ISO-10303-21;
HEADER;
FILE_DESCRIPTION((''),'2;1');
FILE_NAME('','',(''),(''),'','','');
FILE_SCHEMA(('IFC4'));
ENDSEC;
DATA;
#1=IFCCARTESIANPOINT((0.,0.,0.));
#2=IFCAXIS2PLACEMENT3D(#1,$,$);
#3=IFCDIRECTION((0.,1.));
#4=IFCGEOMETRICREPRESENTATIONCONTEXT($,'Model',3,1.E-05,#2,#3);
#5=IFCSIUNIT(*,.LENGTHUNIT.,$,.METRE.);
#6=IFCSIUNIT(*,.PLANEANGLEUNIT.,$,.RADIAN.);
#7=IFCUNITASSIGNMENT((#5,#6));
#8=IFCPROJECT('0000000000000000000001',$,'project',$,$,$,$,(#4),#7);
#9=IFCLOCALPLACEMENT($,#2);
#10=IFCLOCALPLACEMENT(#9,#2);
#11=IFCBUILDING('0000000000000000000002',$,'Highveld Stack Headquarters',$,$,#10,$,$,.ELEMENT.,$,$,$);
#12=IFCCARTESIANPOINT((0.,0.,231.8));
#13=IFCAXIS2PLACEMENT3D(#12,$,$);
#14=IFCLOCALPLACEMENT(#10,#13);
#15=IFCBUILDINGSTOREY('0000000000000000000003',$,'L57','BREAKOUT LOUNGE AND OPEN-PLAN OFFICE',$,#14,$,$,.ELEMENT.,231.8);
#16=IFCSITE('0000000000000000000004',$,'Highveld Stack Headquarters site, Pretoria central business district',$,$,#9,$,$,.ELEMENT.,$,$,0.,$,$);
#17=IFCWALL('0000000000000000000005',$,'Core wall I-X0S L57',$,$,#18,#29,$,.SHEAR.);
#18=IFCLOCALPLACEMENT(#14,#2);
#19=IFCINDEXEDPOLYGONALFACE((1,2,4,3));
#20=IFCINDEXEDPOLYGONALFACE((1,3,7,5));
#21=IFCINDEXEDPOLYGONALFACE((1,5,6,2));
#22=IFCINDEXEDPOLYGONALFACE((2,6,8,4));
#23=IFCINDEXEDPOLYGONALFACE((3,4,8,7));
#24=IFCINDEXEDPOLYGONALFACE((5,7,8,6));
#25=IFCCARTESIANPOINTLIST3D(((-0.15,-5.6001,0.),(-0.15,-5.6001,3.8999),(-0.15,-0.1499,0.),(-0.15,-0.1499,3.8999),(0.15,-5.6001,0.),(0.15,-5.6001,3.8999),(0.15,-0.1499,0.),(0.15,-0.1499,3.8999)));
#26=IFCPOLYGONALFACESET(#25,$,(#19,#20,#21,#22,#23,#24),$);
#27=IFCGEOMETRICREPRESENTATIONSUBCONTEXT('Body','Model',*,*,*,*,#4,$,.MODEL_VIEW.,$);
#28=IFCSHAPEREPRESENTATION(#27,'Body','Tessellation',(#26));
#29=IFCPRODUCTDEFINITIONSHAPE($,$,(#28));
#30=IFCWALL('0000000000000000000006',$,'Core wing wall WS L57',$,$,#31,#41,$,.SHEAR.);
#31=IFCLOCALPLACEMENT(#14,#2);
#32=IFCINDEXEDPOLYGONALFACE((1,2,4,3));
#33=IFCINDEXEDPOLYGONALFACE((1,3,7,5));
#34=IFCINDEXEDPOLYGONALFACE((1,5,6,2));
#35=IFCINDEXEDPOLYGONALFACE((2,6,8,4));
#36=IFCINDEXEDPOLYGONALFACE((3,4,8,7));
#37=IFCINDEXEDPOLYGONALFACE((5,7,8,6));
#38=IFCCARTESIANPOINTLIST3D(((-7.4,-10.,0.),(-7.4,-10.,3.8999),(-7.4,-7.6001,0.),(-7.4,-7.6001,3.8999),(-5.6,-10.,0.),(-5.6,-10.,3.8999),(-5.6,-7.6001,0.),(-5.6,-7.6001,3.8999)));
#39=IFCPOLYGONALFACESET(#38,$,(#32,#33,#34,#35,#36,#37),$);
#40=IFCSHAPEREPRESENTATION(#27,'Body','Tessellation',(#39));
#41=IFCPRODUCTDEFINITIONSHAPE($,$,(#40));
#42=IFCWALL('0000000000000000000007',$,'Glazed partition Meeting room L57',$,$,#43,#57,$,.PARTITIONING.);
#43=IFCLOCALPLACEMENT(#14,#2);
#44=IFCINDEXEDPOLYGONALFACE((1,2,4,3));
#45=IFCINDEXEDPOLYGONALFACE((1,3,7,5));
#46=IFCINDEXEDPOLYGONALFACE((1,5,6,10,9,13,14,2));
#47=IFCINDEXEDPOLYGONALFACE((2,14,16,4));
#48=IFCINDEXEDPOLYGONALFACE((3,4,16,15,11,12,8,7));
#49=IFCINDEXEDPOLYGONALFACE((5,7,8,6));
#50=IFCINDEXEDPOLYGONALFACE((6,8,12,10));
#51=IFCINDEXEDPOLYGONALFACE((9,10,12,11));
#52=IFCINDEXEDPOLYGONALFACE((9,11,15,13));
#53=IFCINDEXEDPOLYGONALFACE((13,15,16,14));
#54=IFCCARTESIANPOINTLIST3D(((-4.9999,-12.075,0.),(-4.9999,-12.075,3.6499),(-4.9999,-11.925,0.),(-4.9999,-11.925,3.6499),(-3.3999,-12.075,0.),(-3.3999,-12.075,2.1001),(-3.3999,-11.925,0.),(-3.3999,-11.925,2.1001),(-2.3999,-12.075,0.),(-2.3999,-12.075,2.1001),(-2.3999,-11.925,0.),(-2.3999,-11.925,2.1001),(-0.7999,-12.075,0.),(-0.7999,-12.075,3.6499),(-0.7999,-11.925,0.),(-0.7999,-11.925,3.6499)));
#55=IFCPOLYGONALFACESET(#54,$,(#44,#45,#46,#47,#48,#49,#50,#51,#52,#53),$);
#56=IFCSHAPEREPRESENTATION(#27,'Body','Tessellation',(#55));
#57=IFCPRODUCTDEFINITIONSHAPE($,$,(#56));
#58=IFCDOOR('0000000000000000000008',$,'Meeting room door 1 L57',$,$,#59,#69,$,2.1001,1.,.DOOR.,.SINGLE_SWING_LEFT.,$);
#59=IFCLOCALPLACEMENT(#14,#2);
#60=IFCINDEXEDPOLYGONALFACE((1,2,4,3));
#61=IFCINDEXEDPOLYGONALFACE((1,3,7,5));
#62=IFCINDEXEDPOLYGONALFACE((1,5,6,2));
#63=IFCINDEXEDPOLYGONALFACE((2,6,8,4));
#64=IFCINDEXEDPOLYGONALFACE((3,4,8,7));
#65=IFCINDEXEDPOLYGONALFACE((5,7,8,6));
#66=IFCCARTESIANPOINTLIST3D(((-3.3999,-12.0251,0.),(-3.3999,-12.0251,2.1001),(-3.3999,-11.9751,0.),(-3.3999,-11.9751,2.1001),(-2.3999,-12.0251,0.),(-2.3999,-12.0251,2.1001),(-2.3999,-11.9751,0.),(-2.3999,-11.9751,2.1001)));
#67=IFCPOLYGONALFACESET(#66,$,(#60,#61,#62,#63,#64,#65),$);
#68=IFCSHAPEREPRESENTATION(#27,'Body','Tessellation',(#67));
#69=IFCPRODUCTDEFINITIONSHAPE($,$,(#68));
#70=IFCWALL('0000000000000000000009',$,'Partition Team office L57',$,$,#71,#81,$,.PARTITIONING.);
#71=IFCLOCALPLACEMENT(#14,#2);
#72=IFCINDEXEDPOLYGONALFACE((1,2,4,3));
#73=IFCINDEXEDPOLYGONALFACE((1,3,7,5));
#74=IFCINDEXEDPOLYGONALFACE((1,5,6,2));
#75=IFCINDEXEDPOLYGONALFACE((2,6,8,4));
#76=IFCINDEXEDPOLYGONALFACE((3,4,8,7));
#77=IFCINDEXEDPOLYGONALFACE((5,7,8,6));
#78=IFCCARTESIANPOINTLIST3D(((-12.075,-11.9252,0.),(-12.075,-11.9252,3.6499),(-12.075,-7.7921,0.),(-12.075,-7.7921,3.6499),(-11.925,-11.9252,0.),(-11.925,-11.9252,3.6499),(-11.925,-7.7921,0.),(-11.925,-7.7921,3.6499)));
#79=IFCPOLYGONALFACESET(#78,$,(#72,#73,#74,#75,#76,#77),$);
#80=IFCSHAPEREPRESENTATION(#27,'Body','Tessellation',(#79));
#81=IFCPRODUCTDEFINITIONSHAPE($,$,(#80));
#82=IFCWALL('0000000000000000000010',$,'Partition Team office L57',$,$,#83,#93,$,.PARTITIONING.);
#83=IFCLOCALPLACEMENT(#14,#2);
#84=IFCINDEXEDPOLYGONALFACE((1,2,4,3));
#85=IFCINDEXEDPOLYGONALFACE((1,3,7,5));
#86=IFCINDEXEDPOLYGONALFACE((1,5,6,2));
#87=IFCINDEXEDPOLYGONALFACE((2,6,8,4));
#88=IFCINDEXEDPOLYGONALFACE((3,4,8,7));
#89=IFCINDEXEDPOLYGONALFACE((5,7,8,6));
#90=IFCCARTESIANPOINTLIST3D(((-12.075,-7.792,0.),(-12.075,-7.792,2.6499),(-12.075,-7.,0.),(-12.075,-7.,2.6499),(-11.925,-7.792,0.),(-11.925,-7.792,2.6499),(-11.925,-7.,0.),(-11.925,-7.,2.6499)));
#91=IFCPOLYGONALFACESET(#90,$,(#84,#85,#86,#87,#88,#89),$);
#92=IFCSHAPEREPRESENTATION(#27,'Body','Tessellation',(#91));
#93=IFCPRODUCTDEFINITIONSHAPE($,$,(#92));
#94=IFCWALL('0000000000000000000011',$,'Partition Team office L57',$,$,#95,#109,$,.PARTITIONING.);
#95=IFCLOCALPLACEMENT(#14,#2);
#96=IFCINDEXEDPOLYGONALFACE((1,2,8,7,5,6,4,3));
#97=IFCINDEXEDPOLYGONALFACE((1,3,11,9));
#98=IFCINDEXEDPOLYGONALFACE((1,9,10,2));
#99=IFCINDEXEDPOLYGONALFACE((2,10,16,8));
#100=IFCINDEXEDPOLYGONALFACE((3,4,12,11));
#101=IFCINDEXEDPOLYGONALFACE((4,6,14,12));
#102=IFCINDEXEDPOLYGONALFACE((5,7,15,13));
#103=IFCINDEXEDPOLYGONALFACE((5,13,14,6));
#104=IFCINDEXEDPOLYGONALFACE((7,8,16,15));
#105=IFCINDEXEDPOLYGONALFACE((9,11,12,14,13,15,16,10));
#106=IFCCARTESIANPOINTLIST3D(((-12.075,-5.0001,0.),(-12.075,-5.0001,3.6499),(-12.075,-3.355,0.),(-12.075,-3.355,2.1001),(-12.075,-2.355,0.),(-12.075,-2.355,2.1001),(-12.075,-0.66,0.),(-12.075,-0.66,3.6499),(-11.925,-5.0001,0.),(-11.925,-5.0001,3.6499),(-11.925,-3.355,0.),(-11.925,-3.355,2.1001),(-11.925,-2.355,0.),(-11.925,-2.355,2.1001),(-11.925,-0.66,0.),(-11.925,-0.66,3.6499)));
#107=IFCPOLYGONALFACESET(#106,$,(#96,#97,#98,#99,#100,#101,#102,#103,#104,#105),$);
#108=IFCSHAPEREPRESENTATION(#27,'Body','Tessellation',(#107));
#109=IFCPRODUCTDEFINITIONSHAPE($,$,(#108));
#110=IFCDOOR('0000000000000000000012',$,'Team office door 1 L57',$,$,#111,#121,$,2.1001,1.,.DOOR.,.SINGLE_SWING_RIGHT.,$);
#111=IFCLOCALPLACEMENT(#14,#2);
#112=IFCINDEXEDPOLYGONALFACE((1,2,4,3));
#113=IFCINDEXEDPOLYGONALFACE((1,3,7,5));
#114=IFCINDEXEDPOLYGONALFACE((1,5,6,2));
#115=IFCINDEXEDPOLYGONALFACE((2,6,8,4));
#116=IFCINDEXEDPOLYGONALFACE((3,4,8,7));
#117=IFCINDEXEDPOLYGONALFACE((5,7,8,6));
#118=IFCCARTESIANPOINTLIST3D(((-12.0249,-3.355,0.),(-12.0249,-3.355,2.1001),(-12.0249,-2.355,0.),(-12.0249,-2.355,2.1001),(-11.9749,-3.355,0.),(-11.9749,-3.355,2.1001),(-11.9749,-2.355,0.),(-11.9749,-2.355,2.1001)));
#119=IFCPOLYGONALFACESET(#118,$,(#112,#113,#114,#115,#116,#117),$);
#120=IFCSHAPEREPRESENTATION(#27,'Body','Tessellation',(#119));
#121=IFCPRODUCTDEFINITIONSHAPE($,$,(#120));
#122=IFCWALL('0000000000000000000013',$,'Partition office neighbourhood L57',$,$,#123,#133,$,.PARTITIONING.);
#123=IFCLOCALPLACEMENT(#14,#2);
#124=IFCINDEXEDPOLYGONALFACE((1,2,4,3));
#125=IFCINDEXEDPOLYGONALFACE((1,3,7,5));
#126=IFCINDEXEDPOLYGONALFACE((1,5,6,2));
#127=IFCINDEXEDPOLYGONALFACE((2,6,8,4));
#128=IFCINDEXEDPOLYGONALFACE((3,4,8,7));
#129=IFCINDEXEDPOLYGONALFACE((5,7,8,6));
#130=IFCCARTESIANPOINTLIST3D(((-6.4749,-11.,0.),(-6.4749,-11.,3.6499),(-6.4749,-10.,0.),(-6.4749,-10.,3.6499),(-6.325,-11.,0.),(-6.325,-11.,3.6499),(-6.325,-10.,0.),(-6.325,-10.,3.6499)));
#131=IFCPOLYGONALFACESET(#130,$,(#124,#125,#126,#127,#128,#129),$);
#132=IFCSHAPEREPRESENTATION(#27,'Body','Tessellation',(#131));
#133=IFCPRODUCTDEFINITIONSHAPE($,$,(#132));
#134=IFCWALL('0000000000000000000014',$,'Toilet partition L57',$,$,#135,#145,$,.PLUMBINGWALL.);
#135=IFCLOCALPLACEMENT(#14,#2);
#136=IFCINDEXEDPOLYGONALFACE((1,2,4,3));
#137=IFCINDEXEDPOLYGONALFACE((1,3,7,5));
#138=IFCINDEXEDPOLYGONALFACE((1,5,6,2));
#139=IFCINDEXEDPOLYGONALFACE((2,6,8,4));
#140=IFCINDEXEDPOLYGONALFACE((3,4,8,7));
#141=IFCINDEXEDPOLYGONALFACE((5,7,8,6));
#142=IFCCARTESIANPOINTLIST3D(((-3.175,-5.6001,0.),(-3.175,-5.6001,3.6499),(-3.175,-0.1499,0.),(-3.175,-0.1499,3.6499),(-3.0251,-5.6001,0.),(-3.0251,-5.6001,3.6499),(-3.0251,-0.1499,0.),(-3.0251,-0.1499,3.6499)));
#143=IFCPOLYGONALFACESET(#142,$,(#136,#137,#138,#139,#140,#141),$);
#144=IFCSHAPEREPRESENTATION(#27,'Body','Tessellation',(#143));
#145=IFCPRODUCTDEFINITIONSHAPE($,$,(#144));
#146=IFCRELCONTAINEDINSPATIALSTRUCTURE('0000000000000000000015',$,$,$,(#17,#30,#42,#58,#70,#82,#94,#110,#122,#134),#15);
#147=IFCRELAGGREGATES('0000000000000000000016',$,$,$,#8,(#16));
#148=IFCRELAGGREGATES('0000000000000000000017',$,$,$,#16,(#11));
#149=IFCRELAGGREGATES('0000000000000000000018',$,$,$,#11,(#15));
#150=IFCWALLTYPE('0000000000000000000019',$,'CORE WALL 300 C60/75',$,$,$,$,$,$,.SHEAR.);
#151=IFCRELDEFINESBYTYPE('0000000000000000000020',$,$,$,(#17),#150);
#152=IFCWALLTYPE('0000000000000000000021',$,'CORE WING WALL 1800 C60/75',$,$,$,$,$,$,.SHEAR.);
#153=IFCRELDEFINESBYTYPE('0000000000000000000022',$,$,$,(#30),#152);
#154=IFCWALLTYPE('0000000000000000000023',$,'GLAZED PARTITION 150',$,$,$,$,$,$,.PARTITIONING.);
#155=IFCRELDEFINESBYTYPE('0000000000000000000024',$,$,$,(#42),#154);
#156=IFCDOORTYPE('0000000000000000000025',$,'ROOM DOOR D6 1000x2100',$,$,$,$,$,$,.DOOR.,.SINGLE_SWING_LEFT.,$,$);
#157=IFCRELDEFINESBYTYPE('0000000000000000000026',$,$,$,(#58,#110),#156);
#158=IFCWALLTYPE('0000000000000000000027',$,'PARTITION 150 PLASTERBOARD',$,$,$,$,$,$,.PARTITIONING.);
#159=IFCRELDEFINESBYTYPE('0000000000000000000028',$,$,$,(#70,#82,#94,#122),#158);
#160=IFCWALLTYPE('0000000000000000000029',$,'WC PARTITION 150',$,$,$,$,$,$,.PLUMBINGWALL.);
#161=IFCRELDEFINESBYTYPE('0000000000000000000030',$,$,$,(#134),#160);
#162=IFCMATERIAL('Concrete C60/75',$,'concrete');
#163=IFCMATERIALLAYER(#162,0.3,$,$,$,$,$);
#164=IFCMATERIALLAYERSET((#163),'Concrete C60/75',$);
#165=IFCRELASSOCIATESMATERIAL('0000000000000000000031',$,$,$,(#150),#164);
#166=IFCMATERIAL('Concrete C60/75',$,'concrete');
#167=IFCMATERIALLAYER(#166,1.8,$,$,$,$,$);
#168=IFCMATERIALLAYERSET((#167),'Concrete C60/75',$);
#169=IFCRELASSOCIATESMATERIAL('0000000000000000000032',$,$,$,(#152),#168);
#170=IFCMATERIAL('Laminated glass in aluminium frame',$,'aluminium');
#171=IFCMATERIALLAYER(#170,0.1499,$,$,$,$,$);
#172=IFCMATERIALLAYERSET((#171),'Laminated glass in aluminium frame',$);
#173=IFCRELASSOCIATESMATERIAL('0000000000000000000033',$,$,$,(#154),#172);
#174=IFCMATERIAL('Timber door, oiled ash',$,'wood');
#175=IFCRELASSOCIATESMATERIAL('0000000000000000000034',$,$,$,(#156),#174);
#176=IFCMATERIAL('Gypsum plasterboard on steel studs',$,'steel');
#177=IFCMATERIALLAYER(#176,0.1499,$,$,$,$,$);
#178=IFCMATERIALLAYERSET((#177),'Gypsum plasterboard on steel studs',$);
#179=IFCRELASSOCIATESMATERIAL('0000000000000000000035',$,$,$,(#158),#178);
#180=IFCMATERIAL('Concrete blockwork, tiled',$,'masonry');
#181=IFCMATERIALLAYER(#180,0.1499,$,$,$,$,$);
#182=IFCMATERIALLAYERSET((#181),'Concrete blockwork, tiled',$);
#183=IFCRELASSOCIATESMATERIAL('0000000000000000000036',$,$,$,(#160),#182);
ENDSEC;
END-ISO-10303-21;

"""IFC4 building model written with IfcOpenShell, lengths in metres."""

from ifc_helpers import new_model, si_unit, direction, frame, frame_2d, origin, place, context, subcontext, project, spatial, rectangle, extrude, material, layer, layer_set, type_object, element, fill, save


model = new_model("IFC4")

# Units and contexts
model_context = context("Model", 3, precision=1e-05, world=origin(), true_north=direction((0.0, 1.0)))
body_context = subcontext(model_context, "Body", "Model", "MODEL_VIEW")
ifc_project = project(units=[si_unit("LENGTHUNIT", "METRE"), si_unit("PLANEANGLEUNIT", "RADIAN")], contexts=[model_context])

# Site, building, storey
site_placement = place(None, origin())
site = spatial("IfcSite", under=ifc_project, at=site_placement, Name="Highveld Stack Headquarters site, Pretoria central business district", CompositionType="ELEMENT", RefElevation=0.0)
building_placement = place(site_placement, origin())
building = spatial("IfcBuilding", under=site, at=building_placement, Name="Highveld Stack Headquarters", CompositionType="ELEMENT")
storey_placement = place(building_placement, frame((0.0, 0.0, 231.8)))
storey = spatial("IfcBuildingStorey", under=building, at=storey_placement, Name="L57", Description="BREAKOUT LOUNGE AND OPEN-PLAN OFFICE", CompositionType="ELEMENT", Elevation=231.8)

# Shared definitions
ifc_material_1 = material(Name="Concrete C60/75", Category="concrete")
ifc_layer_1 = layer(ifc_material_1, 0.3)
ifc_layer_set_1 = layer_set([ifc_layer_1], Name="Concrete C60/75")
wall_type_1 = type_object("IfcWallType", Name="CORE WALL 300 C60/75", PredefinedType="SHEAR", material=ifc_layer_set_1)

# Walls
wall_1_placement = place(storey_placement, frame((0.0, -5.6001, 0.0), z_axis=(0.0, 0.0, 1.0), x_axis=(0.0, 1.0, 0.0)))
element("IfcWall", 1, at=wall_1_placement, inside=storey, type_object=wall_type_1, Name="Core wall I-X0S L57", PredefinedType="SHEAR", context=body_context, shape_type="SweptSolid", body=[
    extrude(rectangle(XDim=5.4502, YDim=0.3, at=frame_2d((2.7251, 0.0))), origin(), (0.0, 0.0, 1.0), 3.8999),
])
ifc_material_2 = material(Name="Concrete C60/75", Category="concrete")
ifc_layer_2 = layer(ifc_material_2, 1.8)
ifc_layer_set_2 = layer_set([ifc_layer_2], Name="Concrete C60/75")
wall_type_2 = type_object("IfcWallType", Name="CORE WING WALL 1800 C60/75", PredefinedType="SHEAR", material=ifc_layer_set_2)
wall_2_placement = place(storey_placement, frame((-6.5, -10.0, 0.0), z_axis=(0.0, 0.0, 1.0), x_axis=(0.0, 1.0, 0.0)))
element("IfcWall", 2, at=wall_2_placement, inside=storey, type_object=wall_type_2, Name="Core wing wall WS L57", PredefinedType="SHEAR", context=body_context, shape_type="SweptSolid", body=[
    extrude(rectangle(XDim=2.3999, YDim=1.8, at=frame_2d((1.2, 0.0))), origin(), (0.0, 0.0, 1.0), 3.8999),
])

# Wall, opening, door
ifc_material_3 = material(Name="Laminated glass in aluminium frame", Category="aluminium")
ifc_layer_3 = layer(ifc_material_3, 0.1499)
ifc_layer_set_3 = layer_set([ifc_layer_3], Name="Laminated glass in aluminium frame")
wall_type_3 = type_object("IfcWallType", Name="GLAZED PARTITION 150", PredefinedType="PARTITIONING", material=ifc_layer_set_3)
wall_3_placement = place(storey_placement, frame((-5.0, -12.0, 0.0), z_axis=(0.0, 0.0, 1.0), x_axis=(1.0, 0.0, 0.0)))
wall_3 = element("IfcWall", 3, at=wall_3_placement, inside=storey, type_object=wall_type_3, Name="Glazed partition Meeting room L57", PredefinedType="PARTITIONING", context=body_context, shape_type="SweptSolid", body=[
    extrude(rectangle(XDim=4.2, YDim=0.1499, at=frame_2d((2.1001, 0.0))), origin(), (0.0, 0.0, 1.0), 3.6499),
])
opening_1_placement = place(wall_3_placement, frame((1.6001, 0.0, 0.0)))
opening_1 = element("IfcOpeningElement", 4, at=opening_1_placement, cuts=wall_3, PredefinedType="OPENING", context=body_context, shape_type="SweptSolid", body=[
    extrude(rectangle(XDim=1.0, YDim=2.1001, at=frame_2d((0.5, 1.05))), frame((0.0, 0.085, 0.0), z_axis=(0.0, -1.0, 0.0), x_axis=(1.0, 0.0, 0.0)), (0.0, 0.0, 1.0), 0.1699),
])
ifc_material_4 = material(Name="Timber door, oiled ash", Category="wood")
door_type_1 = type_object("IfcDoorType", Name="ROOM DOOR D6 1000x2100", OperationType="SINGLE_SWING_LEFT", PredefinedType="DOOR", material=ifc_material_4)
door_1_placement = place(opening_1_placement, origin())
door_1 = element("IfcDoor", 5, at=door_1_placement, inside=storey, type_object=door_type_1, Name="Meeting room door 1 L57", OperationType="SINGLE_SWING_LEFT", OverallHeight=2.1001, OverallWidth=1.0, PredefinedType="DOOR", context=body_context, shape_type="SweptSolid", body=[
    extrude(rectangle(XDim=1.0, YDim=2.1001, at=frame_2d((0.5, 1.05))), frame((0.0, 0.0249, 0.0), z_axis=(0.0, -1.0, 0.0), x_axis=(1.0, 0.0, 0.0)), (0.0, 0.0, 1.0), 0.05),
])
fill(opening_1, door_1)

# Walls
ifc_material_5 = material(Name="Gypsum plasterboard on steel studs", Category="steel")
ifc_layer_4 = layer(ifc_material_5, 0.1499)
ifc_layer_set_4 = layer_set([ifc_layer_4], Name="Gypsum plasterboard on steel studs")
wall_type_4 = type_object("IfcWallType", Name="PARTITION 150 PLASTERBOARD", PredefinedType="PARTITIONING", material=ifc_layer_set_4)
wall_4_placement = place(storey_placement, frame((-12.0, -11.925, 0.0), z_axis=(0.0, 0.0, 1.0), x_axis=(0.0, 1.0, 0.0)))
element("IfcWall", 6, at=wall_4_placement, inside=storey, type_object=wall_type_4, Name="Partition Team office L57", PredefinedType="PARTITIONING", context=body_context, shape_type="SweptSolid", body=[
    extrude(rectangle(XDim=4.1331, YDim=0.1499, at=frame_2d((2.0664, 0.0))), origin(), (0.0, 0.0, 1.0), 3.6499),
])
wall_5_placement = place(storey_placement, frame((-12.0, -7.792, 0.0), z_axis=(0.0, 0.0, 1.0), x_axis=(0.0, 1.0, 0.0)))
element("IfcWall", 7, at=wall_5_placement, inside=storey, type_object=wall_type_4, Name="Partition Team office L57", PredefinedType="PARTITIONING", context=body_context, shape_type="SweptSolid", body=[
    extrude(rectangle(XDim=0.792, YDim=0.1499, at=frame_2d((0.396, 0.0))), origin(), (0.0, 0.0, 1.0), 2.6499),
])

# Wall, opening, door
wall_6_placement = place(storey_placement, frame((-12.0, -5.0, 0.0), z_axis=(0.0, 0.0, 1.0), x_axis=(0.0, 1.0, 0.0)))
wall_6 = element("IfcWall", 8, at=wall_6_placement, inside=storey, type_object=wall_type_4, Name="Partition Team office L57", PredefinedType="PARTITIONING", context=body_context, shape_type="SweptSolid", body=[
    extrude(rectangle(XDim=4.3401, YDim=0.1499, at=frame_2d((2.1699, 0.0))), origin(), (0.0, 0.0, 1.0), 3.6499),
])
opening_2_placement = place(wall_6_placement, frame((1.645, 0.0, 0.0)))
opening_2 = element("IfcOpeningElement", 9, at=opening_2_placement, cuts=wall_6, PredefinedType="OPENING", context=body_context, shape_type="SweptSolid", body=[
    extrude(rectangle(XDim=1.0, YDim=2.1001, at=frame_2d((0.5, 1.05))), frame((0.0, 0.085, 0.0), z_axis=(0.0, -1.0, 0.0), x_axis=(1.0, 0.0, 0.0)), (0.0, 0.0, 1.0), 0.1699),
])
door_2_placement = place(opening_2_placement, origin())
door_2 = element("IfcDoor", 10, at=door_2_placement, inside=storey, type_object=door_type_1, Name="Team office door 1 L57", OperationType="SINGLE_SWING_RIGHT", OverallHeight=2.1001, OverallWidth=1.0, PredefinedType="DOOR", context=body_context, shape_type="SweptSolid", body=[
    extrude(rectangle(XDim=1.0, YDim=2.1001, at=frame_2d((0.5, 1.05))), frame((0.0, 0.0249, 0.0), z_axis=(0.0, -1.0, 0.0), x_axis=(1.0, 0.0, 0.0)), (0.0, 0.0, 1.0), 0.05),
])
fill(opening_2, door_2)

# Walls
wall_7_placement = place(storey_placement, frame((-6.3999, -11.0, 0.0), z_axis=(0.0, 0.0, 1.0), x_axis=(0.0, 1.0, 0.0)))
element("IfcWall", 11, at=wall_7_placement, inside=storey, type_object=wall_type_4, Name="Partition office neighbourhood L57", PredefinedType="PARTITIONING", context=body_context, shape_type="SweptSolid", body=[
    extrude(rectangle(XDim=1.0, YDim=0.1499, at=frame_2d((0.5, 0.0))), origin(), (0.0, 0.0, 1.0), 3.6499),
])
ifc_material_6 = material(Name="Concrete blockwork, tiled", Category="masonry")
ifc_layer_5 = layer(ifc_material_6, 0.1499)
ifc_layer_set_5 = layer_set([ifc_layer_5], Name="Concrete blockwork, tiled")
wall_type_5 = type_object("IfcWallType", Name="WC PARTITION 150", PredefinedType="PLUMBINGWALL", material=ifc_layer_set_5)
wall_8_placement = place(storey_placement, frame((-3.1001, -5.6001, 0.0), z_axis=(0.0, 0.0, 1.0), x_axis=(0.0, 1.0, 0.0)))
element("IfcWall", 12, at=wall_8_placement, inside=storey, type_object=wall_type_5, Name="Toilet partition L57", PredefinedType="PLUMBINGWALL", context=body_context, shape_type="SweptSolid", body=[
    extrude(rectangle(XDim=5.4502, YDim=0.1499, at=frame_2d((2.7251, 0.0))), origin(), (0.0, 0.0, 1.0), 3.6499),
])

save(model, "model.ifc")
